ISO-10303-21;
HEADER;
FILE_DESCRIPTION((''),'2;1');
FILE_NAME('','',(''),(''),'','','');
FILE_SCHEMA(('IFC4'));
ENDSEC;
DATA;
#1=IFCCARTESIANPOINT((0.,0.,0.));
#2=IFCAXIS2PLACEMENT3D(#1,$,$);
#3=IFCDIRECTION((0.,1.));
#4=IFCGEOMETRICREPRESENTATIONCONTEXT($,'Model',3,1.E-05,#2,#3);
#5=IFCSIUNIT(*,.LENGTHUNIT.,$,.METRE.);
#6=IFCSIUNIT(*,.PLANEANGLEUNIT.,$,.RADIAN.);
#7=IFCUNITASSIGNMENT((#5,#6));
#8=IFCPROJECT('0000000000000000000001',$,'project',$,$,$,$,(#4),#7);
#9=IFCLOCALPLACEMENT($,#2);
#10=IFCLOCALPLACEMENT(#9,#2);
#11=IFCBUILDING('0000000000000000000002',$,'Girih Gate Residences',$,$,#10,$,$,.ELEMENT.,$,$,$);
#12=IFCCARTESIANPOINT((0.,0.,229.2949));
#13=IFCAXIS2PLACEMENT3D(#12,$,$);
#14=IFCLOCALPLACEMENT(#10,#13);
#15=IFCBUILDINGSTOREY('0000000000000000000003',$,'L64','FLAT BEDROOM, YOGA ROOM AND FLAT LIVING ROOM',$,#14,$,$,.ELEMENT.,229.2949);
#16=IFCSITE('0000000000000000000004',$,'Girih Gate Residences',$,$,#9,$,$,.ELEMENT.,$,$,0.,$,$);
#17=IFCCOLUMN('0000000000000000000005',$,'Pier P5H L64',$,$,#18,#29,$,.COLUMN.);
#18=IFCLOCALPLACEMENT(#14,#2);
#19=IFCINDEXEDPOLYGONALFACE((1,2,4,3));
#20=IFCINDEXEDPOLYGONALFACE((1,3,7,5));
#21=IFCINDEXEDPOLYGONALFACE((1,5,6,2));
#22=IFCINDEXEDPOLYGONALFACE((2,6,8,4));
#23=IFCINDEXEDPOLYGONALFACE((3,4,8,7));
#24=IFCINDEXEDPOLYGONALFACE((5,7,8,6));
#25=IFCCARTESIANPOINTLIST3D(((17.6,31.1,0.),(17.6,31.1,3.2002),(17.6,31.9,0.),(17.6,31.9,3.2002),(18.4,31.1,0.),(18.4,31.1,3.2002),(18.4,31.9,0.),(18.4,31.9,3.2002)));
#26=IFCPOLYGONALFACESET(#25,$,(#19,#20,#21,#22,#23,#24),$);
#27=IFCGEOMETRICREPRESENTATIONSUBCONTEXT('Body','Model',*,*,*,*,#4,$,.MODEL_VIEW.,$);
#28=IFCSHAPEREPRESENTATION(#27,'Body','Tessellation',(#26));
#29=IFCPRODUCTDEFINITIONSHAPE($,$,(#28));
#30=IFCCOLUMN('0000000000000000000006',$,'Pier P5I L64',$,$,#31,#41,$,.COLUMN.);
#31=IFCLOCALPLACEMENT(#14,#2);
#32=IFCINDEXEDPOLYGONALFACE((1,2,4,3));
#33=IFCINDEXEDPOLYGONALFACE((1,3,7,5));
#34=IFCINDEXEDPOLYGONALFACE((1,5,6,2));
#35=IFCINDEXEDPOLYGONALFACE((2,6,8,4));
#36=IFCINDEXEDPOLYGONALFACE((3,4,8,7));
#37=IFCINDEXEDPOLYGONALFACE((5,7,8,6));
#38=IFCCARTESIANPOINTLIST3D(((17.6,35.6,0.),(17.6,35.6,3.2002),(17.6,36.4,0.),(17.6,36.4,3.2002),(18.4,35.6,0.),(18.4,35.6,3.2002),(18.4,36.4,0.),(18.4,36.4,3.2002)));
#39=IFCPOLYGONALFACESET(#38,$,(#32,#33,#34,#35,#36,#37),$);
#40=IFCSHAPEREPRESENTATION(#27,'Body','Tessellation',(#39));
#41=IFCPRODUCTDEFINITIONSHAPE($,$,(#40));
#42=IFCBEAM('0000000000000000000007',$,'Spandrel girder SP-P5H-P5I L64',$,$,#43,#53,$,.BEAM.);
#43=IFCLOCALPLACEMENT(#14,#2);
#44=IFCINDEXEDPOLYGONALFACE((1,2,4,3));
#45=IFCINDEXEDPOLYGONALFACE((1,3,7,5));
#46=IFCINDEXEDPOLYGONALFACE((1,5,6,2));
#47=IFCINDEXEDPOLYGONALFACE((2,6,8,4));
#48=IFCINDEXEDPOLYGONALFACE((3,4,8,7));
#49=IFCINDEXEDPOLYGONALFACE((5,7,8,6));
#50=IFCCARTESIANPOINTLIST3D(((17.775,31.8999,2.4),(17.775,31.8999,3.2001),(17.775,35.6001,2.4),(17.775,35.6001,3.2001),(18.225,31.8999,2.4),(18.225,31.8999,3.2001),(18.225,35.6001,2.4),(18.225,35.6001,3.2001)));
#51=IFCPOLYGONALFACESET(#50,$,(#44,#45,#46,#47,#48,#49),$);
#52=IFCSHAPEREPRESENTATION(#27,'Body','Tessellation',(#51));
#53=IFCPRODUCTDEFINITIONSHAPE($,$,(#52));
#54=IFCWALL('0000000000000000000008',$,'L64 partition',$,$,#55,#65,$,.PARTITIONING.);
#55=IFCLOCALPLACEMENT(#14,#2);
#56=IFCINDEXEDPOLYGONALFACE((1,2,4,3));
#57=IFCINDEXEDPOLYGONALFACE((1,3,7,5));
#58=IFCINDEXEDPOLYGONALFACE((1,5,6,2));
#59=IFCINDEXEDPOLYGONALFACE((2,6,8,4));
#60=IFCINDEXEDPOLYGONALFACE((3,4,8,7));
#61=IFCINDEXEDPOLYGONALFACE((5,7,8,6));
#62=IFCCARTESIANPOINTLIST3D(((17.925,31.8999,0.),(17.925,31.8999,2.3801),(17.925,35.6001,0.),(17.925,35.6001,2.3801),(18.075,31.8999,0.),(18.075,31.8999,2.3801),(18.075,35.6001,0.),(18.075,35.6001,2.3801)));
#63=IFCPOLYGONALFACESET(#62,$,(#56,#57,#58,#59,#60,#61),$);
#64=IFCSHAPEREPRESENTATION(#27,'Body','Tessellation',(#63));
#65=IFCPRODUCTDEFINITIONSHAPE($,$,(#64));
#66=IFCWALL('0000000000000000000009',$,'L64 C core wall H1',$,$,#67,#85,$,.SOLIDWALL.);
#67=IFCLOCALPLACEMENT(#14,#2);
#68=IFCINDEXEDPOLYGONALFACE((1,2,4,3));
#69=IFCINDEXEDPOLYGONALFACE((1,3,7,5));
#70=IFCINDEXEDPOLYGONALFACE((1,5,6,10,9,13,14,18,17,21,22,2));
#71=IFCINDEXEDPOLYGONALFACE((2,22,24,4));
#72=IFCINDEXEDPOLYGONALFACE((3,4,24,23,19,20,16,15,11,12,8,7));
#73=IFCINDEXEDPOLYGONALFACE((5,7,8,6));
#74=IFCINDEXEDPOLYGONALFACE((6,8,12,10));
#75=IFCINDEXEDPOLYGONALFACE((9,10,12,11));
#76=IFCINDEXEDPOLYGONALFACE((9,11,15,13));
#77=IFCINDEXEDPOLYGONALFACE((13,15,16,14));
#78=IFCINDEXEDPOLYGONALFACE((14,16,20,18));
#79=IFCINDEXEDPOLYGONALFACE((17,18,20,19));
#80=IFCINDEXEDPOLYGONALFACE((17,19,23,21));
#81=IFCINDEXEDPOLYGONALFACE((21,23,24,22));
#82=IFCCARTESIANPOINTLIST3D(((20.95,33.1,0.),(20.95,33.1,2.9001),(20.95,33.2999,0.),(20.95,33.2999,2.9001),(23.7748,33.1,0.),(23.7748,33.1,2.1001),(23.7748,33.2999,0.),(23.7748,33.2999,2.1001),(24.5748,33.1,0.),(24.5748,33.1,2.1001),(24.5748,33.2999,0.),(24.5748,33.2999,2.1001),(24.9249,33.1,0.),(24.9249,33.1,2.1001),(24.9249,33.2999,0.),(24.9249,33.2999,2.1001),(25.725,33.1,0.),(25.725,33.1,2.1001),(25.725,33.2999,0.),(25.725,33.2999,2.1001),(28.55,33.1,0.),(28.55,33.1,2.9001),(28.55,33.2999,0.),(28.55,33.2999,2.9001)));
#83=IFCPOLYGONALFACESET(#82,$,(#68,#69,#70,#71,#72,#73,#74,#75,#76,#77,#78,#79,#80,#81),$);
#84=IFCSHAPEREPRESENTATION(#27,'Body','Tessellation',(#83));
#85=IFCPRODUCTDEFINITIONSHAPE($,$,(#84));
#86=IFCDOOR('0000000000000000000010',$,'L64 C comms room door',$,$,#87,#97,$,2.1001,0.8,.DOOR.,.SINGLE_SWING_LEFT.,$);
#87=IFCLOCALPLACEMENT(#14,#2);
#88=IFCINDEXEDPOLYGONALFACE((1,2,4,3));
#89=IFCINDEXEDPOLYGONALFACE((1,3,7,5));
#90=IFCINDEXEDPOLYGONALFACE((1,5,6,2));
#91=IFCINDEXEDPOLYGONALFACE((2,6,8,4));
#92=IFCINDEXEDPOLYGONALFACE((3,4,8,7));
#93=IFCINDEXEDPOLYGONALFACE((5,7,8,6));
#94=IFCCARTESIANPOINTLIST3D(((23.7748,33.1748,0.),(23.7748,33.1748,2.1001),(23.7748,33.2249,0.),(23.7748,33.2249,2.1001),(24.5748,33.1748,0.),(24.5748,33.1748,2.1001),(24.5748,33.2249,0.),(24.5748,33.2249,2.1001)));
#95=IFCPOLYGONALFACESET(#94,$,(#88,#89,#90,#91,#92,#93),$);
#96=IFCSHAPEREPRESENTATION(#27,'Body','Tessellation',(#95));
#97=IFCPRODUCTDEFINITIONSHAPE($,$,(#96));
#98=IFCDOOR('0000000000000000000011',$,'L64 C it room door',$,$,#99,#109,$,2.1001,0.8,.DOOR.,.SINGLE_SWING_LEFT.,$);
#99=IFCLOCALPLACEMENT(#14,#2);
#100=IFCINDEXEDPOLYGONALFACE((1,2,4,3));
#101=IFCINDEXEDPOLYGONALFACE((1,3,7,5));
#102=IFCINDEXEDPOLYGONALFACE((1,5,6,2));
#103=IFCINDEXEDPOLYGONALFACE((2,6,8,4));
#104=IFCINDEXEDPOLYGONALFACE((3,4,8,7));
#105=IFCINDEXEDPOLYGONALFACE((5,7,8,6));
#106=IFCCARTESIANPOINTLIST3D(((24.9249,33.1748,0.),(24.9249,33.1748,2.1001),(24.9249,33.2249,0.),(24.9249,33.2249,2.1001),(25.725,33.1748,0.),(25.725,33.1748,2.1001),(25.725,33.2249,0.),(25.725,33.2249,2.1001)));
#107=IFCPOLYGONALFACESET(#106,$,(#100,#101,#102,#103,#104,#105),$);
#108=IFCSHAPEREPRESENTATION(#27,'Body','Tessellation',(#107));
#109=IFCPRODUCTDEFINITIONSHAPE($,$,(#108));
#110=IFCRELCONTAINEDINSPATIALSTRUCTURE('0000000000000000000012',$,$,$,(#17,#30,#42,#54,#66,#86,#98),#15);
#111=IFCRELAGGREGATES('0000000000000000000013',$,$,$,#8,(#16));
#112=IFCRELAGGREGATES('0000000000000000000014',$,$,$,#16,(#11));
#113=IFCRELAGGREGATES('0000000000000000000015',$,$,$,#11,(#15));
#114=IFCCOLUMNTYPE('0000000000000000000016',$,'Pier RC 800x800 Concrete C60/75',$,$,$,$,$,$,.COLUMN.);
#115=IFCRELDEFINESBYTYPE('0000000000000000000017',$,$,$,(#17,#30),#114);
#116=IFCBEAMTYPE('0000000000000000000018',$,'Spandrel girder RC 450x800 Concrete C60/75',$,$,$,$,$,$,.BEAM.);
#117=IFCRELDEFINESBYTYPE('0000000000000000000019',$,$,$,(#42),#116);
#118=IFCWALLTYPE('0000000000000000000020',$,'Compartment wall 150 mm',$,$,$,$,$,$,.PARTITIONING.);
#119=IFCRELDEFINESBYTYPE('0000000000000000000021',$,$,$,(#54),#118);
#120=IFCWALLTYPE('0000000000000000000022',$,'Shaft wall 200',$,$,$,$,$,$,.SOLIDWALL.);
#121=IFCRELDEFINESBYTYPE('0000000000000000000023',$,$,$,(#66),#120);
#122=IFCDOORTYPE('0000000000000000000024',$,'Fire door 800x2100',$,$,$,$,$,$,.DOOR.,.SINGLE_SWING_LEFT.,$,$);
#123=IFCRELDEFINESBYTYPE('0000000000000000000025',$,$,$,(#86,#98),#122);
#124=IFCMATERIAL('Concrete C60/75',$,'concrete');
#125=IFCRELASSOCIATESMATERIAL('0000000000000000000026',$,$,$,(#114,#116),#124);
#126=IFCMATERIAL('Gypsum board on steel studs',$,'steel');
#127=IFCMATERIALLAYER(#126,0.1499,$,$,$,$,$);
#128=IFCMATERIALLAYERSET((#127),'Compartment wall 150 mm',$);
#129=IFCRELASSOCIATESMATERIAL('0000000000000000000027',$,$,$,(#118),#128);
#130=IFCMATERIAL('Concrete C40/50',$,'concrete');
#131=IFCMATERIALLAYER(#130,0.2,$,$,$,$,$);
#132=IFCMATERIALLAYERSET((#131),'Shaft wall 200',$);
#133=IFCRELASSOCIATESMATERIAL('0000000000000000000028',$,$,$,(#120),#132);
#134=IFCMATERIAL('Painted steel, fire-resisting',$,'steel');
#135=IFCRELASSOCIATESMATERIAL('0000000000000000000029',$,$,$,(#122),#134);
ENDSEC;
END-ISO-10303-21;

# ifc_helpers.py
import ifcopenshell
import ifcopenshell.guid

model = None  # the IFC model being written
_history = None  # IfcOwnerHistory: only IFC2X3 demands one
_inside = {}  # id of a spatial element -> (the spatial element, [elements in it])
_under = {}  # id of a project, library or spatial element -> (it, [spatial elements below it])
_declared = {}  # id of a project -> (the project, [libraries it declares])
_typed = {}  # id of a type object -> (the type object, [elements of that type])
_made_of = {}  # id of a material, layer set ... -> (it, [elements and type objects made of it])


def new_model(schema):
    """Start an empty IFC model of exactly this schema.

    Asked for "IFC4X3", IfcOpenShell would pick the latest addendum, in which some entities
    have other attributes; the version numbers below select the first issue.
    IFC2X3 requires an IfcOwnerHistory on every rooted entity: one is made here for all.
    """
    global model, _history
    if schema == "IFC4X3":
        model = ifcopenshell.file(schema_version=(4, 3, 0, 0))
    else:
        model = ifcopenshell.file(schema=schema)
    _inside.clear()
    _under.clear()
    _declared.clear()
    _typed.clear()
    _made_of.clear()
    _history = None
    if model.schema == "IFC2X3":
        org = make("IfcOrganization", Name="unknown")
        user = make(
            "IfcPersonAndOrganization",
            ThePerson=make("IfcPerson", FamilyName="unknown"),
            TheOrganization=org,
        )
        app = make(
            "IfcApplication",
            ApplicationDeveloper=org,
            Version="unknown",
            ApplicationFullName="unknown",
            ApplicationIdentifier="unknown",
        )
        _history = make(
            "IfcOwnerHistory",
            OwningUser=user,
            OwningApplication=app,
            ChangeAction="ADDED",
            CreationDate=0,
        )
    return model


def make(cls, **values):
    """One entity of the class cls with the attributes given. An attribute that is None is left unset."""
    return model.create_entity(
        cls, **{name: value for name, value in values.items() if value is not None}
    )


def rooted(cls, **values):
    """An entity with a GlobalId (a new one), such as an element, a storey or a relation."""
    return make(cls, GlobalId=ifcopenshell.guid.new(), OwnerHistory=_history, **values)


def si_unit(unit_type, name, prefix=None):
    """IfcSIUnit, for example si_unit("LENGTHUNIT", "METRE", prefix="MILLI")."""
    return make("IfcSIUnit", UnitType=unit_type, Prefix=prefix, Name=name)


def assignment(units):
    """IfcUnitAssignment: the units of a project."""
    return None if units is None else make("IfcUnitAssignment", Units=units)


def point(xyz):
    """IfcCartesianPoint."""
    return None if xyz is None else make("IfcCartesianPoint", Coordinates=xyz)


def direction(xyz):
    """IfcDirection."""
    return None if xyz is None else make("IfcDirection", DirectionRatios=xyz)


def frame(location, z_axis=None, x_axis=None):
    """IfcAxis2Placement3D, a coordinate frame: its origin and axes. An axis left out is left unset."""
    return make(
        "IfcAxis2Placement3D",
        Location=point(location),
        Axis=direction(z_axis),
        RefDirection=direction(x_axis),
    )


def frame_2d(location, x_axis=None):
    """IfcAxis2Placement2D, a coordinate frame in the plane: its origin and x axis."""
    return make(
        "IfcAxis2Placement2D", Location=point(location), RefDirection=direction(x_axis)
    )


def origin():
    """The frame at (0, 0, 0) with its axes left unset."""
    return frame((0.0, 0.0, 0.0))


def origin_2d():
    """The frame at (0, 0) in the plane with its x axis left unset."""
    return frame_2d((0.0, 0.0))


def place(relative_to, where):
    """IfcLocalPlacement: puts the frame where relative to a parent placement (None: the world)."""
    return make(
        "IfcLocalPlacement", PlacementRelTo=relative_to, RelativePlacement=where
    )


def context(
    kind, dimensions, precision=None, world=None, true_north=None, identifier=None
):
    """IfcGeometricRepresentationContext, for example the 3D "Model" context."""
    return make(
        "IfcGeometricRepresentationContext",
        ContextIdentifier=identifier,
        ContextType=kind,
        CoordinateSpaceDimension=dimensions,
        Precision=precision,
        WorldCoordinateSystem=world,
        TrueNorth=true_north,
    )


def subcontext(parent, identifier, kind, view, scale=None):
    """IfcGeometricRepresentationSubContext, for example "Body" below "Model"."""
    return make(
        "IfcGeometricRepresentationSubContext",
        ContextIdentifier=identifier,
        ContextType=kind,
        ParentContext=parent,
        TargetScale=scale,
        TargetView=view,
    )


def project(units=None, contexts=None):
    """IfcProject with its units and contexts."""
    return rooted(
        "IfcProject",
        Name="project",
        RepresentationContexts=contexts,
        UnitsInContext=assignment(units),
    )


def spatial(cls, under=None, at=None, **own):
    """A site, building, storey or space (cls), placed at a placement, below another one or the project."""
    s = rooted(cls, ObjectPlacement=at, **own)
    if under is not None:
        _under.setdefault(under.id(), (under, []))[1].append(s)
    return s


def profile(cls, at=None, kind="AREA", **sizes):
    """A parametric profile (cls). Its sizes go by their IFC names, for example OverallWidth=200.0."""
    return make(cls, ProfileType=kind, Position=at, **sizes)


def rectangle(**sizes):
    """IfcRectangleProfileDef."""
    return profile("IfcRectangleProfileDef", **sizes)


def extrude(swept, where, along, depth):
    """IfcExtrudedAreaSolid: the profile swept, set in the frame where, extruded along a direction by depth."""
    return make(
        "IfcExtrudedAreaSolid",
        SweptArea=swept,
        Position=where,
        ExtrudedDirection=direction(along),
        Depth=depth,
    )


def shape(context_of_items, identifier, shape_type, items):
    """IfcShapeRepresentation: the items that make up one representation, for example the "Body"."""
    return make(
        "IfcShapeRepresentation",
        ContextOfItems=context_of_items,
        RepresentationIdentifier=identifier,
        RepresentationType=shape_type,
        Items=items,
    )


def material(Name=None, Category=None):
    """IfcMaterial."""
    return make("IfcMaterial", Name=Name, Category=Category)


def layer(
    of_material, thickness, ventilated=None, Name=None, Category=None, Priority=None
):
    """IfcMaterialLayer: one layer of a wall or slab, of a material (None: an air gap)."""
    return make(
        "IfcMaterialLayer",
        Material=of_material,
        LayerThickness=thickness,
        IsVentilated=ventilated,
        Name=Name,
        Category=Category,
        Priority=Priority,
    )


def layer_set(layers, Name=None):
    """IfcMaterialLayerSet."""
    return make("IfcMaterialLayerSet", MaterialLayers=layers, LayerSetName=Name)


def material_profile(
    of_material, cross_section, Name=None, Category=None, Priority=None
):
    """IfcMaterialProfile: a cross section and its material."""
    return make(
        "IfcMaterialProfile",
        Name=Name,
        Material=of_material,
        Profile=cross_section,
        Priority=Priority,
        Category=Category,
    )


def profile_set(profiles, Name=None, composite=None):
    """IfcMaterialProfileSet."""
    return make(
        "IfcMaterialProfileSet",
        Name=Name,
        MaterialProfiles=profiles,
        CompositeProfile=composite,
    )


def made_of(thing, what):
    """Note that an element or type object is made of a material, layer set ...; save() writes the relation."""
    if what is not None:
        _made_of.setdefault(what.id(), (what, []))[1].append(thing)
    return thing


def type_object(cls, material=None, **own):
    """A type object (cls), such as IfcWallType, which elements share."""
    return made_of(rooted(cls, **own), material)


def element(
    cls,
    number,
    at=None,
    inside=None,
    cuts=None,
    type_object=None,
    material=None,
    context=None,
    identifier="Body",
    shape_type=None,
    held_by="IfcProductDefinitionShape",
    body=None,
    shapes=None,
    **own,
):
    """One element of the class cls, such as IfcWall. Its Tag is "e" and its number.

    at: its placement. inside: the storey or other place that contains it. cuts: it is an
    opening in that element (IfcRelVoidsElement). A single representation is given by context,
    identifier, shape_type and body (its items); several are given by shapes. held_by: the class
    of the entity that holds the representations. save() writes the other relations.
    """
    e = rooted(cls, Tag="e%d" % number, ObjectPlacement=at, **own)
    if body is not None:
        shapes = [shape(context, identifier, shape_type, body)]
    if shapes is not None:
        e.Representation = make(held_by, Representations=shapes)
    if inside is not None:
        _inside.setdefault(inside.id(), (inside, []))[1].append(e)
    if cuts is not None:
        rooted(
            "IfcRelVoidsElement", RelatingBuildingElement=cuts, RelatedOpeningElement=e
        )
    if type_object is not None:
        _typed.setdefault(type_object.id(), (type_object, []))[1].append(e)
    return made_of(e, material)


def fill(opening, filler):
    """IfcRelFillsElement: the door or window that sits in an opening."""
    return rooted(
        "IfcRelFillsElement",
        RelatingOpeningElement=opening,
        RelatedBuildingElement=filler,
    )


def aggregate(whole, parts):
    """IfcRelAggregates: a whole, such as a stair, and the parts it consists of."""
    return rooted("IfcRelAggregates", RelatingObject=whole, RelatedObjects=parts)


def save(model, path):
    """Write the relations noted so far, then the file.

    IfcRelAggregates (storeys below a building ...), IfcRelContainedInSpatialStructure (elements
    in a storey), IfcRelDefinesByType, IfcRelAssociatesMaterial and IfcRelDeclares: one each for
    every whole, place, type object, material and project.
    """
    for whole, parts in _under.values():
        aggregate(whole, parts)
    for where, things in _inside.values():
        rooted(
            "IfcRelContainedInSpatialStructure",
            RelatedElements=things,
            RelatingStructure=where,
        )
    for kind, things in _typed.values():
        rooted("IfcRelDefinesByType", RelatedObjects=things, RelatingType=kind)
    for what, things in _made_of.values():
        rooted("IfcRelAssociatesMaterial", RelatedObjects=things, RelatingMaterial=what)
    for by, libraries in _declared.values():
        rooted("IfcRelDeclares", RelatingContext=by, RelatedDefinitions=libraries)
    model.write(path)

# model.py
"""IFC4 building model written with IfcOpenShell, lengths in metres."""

from ifc_helpers import new_model, si_unit, direction, frame, frame_2d, origin, origin_2d, place, context, subcontext, project, spatial, rectangle, extrude, material, layer, layer_set, material_profile, profile_set, type_object, element, fill, save


model = new_model("IFC4")

# Units and contexts
model_context = context("Model", 3, precision=1e-05, world=origin(), true_north=direction((0.0, 1.0)))
body_context = subcontext(model_context, "Body", "Model", "MODEL_VIEW")
ifc_project = project(units=[si_unit("LENGTHUNIT", "METRE"), si_unit("PLANEANGLEUNIT", "RADIAN")], contexts=[model_context])

# Site, building, storey
site_placement = place(None, origin())
site = spatial("IfcSite", under=ifc_project, at=site_placement, Name="Girih Gate Residences", CompositionType="ELEMENT", RefElevation=0.0)
building_placement = place(site_placement, origin())
building = spatial("IfcBuilding", under=site, at=building_placement, Name="Girih Gate Residences", CompositionType="ELEMENT")
storey_placement = place(building_placement, frame((0.0, 0.0, 229.2949)))
storey = spatial("IfcBuildingStorey", under=building, at=storey_placement, Name="L64", Description="FLAT BEDROOM, YOGA ROOM AND FLAT LIVING ROOM", CompositionType="ELEMENT", Elevation=229.2949)

# Columns
ifc_material_1 = material(Name="Concrete C60/75", Category="concrete")
ifc_material_profile_1 = material_profile(ifc_material_1, rectangle(XDim=0.8, YDim=0.8, at=origin_2d()))
ifc_profile_set_1 = profile_set([ifc_material_profile_1], Name="Concrete C60/75")
column_type = type_object("IfcColumnType", Name="Pier RC 800x800 Concrete C60/75", PredefinedType="COLUMN", material=ifc_profile_set_1)
for number, where, z_axis, x_axis, name in (
    (1, (18.0, 31.5, 0.0), (0.0, 0.0, 1.0), (1.0, 0.0, 0.0), "Pier P5H L64"),
    (2, (18.0, 36.0, 0.0), (0.0, 0.0, 1.0), (1.0, 0.0, 0.0), "Pier P5I L64"),
):
    element("IfcColumn", number, at=place(storey_placement, frame(where, z_axis=z_axis, x_axis=x_axis)), inside=storey, type_object=column_type, Name=name, PredefinedType="COLUMN", context=body_context, shape_type="SweptSolid", body=[
        extrude(rectangle(XDim=0.8, YDim=0.8, at=origin_2d()), origin(), (0.0, 0.0, 1.0), 3.2002),
    ])

# Beam
ifc_material_profile_2 = material_profile(ifc_material_1, rectangle(XDim=0.45, YDim=0.8, at=origin_2d()))
ifc_profile_set_2 = profile_set([ifc_material_profile_2], Name="Concrete C60/75")
beam_type = type_object("IfcBeamType", Name="Spandrel girder RC 450x800 Concrete C60/75", PredefinedType="BEAM", material=ifc_profile_set_2)
beam_placement = place(storey_placement, frame((18.0, 31.8999, 2.8), z_axis=(0.0, 1.0, 0.0), x_axis=(-1.0, 0.0, 0.0)))
element("IfcBeam", 3, at=beam_placement, inside=storey, type_object=beam_type, Name="Spandrel girder SP-P5H-P5I L64", PredefinedType="BEAM", context=body_context, shape_type="SweptSolid", body=[
    extrude(rectangle(XDim=0.45, YDim=0.8, at=origin_2d()), origin(), (0.0, 0.0, 1.0), 3.7002),
])

# Wall
ifc_material_2 = material(Name="Gypsum board on steel studs", Category="steel")
ifc_layer_1 = layer(ifc_material_2, 0.1499)
ifc_layer_set_1 = layer_set([ifc_layer_1], Name="Compartment wall 150 mm")
wall_type_1 = type_object("IfcWallType", Name="Compartment wall 150 mm", PredefinedType="PARTITIONING", material=ifc_layer_set_1)
wall_1_placement = place(storey_placement, frame((18.0, 31.8999, 0.0), z_axis=(0.0, 0.0, 1.0), x_axis=(0.0, 1.0, 0.0)))
element("IfcWall", 4, at=wall_1_placement, inside=storey, type_object=wall_type_1, Name="L64 partition", PredefinedType="PARTITIONING", context=body_context, shape_type="SweptSolid", body=[
    extrude(rectangle(XDim=3.7002, YDim=0.1499, at=frame_2d((1.8501, 0.0))), origin(), (0.0, 0.0, 1.0), 2.3801),
])

# Wall, openings, doors
ifc_material_3 = material(Name="Concrete C40/50", Category="concrete")
ifc_layer_2 = layer(ifc_material_3, 0.2)
ifc_layer_set_2 = layer_set([ifc_layer_2], Name="Shaft wall 200")
wall_type_2 = type_object("IfcWallType", Name="Shaft wall 200", PredefinedType="SOLIDWALL", material=ifc_layer_set_2)
wall_2_placement = place(storey_placement, frame((20.95, 33.2, 0.0), z_axis=(0.0, 0.0, 1.0), x_axis=(1.0, 0.0, 0.0)))
wall_2 = element("IfcWall", 5, at=wall_2_placement, inside=storey, type_object=wall_type_2, Name="L64 C core wall H1", PredefinedType="SOLIDWALL", context=body_context, shape_type="SweptSolid", body=[
    extrude(rectangle(XDim=7.6001, YDim=0.2, at=frame_2d((3.8, 0.0))), origin(), (0.0, 0.0, 1.0), 2.9001),
])
opening_1_placement = place(wall_2_placement, frame((2.825, 0.0, 0.0)))
opening_1 = element("IfcOpeningElement", 6, at=opening_1_placement, cuts=wall_2, PredefinedType="OPENING", context=body_context, shape_type="SweptSolid", body=[
    extrude(rectangle(XDim=0.8, YDim=2.1001, at=frame_2d((0.3999, 1.05))), frame((0.0, 0.1099, 0.0), z_axis=(0.0, -1.0, 0.0), x_axis=(1.0, 0.0, 0.0)), (0.0, 0.0, 1.0), 0.22),
])
opening_2_placement = place(wall_2_placement, frame((3.9751, 0.0, 0.0)))
opening_2 = element("IfcOpeningElement", 7, at=opening_2_placement, cuts=wall_2, PredefinedType="OPENING", context=body_context, shape_type="SweptSolid", body=[
    extrude(rectangle(XDim=0.8, YDim=2.1001, at=frame_2d((0.3999, 1.05))), frame((0.0, 0.1099, 0.0), z_axis=(0.0, -1.0, 0.0), x_axis=(1.0, 0.0, 0.0)), (0.0, 0.0, 1.0), 0.22),
])
ifc_material_4 = material(Name="Painted steel, fire-resisting", Category="steel")
door_type_1 = type_object("IfcDoorType", Name="Fire door 800x2100", OperationType="SINGLE_SWING_LEFT", PredefinedType="DOOR", material=ifc_material_4)
door_1_placement = place(opening_1_placement, origin())
door_1 = element("IfcDoor", 8, at=door_1_placement, inside=storey, type_object=door_type_1, Name="L64 C comms room door", OperationType="SINGLE_SWING_LEFT", OverallHeight=2.1001, OverallWidth=0.8, PredefinedType="DOOR", context=body_context, shape_type="SweptSolid", body=[
    extrude(rectangle(XDim=0.8, YDim=2.1001, at=frame_2d((0.3999, 1.05))), frame((0.0, 0.0249, 0.0), z_axis=(0.0, -1.0, 0.0), x_axis=(1.0, 0.0, 0.0)), (0.0, 0.0, 1.0), 0.05),
])
fill(opening_1, door_1)
door_2_placement = place(opening_2_placement, origin())
door_2 = element("IfcDoor", 9, at=door_2_placement, inside=storey, type_object=door_type_1, Name="L64 C it room door", OperationType="SINGLE_SWING_LEFT", OverallHeight=2.1001, OverallWidth=0.8, PredefinedType="DOOR", context=body_context, shape_type="SweptSolid", body=[
    extrude(rectangle(XDim=0.8, YDim=2.1001, at=frame_2d((0.3999, 1.05))), frame((0.0, 0.0249, 0.0), z_axis=(0.0, -1.0, 0.0), x_axis=(1.0, 0.0, 0.0)), (0.0, 0.0, 1.0), 0.05),
])
fill(opening_2, door_2)

save(model, "model.ifc")
